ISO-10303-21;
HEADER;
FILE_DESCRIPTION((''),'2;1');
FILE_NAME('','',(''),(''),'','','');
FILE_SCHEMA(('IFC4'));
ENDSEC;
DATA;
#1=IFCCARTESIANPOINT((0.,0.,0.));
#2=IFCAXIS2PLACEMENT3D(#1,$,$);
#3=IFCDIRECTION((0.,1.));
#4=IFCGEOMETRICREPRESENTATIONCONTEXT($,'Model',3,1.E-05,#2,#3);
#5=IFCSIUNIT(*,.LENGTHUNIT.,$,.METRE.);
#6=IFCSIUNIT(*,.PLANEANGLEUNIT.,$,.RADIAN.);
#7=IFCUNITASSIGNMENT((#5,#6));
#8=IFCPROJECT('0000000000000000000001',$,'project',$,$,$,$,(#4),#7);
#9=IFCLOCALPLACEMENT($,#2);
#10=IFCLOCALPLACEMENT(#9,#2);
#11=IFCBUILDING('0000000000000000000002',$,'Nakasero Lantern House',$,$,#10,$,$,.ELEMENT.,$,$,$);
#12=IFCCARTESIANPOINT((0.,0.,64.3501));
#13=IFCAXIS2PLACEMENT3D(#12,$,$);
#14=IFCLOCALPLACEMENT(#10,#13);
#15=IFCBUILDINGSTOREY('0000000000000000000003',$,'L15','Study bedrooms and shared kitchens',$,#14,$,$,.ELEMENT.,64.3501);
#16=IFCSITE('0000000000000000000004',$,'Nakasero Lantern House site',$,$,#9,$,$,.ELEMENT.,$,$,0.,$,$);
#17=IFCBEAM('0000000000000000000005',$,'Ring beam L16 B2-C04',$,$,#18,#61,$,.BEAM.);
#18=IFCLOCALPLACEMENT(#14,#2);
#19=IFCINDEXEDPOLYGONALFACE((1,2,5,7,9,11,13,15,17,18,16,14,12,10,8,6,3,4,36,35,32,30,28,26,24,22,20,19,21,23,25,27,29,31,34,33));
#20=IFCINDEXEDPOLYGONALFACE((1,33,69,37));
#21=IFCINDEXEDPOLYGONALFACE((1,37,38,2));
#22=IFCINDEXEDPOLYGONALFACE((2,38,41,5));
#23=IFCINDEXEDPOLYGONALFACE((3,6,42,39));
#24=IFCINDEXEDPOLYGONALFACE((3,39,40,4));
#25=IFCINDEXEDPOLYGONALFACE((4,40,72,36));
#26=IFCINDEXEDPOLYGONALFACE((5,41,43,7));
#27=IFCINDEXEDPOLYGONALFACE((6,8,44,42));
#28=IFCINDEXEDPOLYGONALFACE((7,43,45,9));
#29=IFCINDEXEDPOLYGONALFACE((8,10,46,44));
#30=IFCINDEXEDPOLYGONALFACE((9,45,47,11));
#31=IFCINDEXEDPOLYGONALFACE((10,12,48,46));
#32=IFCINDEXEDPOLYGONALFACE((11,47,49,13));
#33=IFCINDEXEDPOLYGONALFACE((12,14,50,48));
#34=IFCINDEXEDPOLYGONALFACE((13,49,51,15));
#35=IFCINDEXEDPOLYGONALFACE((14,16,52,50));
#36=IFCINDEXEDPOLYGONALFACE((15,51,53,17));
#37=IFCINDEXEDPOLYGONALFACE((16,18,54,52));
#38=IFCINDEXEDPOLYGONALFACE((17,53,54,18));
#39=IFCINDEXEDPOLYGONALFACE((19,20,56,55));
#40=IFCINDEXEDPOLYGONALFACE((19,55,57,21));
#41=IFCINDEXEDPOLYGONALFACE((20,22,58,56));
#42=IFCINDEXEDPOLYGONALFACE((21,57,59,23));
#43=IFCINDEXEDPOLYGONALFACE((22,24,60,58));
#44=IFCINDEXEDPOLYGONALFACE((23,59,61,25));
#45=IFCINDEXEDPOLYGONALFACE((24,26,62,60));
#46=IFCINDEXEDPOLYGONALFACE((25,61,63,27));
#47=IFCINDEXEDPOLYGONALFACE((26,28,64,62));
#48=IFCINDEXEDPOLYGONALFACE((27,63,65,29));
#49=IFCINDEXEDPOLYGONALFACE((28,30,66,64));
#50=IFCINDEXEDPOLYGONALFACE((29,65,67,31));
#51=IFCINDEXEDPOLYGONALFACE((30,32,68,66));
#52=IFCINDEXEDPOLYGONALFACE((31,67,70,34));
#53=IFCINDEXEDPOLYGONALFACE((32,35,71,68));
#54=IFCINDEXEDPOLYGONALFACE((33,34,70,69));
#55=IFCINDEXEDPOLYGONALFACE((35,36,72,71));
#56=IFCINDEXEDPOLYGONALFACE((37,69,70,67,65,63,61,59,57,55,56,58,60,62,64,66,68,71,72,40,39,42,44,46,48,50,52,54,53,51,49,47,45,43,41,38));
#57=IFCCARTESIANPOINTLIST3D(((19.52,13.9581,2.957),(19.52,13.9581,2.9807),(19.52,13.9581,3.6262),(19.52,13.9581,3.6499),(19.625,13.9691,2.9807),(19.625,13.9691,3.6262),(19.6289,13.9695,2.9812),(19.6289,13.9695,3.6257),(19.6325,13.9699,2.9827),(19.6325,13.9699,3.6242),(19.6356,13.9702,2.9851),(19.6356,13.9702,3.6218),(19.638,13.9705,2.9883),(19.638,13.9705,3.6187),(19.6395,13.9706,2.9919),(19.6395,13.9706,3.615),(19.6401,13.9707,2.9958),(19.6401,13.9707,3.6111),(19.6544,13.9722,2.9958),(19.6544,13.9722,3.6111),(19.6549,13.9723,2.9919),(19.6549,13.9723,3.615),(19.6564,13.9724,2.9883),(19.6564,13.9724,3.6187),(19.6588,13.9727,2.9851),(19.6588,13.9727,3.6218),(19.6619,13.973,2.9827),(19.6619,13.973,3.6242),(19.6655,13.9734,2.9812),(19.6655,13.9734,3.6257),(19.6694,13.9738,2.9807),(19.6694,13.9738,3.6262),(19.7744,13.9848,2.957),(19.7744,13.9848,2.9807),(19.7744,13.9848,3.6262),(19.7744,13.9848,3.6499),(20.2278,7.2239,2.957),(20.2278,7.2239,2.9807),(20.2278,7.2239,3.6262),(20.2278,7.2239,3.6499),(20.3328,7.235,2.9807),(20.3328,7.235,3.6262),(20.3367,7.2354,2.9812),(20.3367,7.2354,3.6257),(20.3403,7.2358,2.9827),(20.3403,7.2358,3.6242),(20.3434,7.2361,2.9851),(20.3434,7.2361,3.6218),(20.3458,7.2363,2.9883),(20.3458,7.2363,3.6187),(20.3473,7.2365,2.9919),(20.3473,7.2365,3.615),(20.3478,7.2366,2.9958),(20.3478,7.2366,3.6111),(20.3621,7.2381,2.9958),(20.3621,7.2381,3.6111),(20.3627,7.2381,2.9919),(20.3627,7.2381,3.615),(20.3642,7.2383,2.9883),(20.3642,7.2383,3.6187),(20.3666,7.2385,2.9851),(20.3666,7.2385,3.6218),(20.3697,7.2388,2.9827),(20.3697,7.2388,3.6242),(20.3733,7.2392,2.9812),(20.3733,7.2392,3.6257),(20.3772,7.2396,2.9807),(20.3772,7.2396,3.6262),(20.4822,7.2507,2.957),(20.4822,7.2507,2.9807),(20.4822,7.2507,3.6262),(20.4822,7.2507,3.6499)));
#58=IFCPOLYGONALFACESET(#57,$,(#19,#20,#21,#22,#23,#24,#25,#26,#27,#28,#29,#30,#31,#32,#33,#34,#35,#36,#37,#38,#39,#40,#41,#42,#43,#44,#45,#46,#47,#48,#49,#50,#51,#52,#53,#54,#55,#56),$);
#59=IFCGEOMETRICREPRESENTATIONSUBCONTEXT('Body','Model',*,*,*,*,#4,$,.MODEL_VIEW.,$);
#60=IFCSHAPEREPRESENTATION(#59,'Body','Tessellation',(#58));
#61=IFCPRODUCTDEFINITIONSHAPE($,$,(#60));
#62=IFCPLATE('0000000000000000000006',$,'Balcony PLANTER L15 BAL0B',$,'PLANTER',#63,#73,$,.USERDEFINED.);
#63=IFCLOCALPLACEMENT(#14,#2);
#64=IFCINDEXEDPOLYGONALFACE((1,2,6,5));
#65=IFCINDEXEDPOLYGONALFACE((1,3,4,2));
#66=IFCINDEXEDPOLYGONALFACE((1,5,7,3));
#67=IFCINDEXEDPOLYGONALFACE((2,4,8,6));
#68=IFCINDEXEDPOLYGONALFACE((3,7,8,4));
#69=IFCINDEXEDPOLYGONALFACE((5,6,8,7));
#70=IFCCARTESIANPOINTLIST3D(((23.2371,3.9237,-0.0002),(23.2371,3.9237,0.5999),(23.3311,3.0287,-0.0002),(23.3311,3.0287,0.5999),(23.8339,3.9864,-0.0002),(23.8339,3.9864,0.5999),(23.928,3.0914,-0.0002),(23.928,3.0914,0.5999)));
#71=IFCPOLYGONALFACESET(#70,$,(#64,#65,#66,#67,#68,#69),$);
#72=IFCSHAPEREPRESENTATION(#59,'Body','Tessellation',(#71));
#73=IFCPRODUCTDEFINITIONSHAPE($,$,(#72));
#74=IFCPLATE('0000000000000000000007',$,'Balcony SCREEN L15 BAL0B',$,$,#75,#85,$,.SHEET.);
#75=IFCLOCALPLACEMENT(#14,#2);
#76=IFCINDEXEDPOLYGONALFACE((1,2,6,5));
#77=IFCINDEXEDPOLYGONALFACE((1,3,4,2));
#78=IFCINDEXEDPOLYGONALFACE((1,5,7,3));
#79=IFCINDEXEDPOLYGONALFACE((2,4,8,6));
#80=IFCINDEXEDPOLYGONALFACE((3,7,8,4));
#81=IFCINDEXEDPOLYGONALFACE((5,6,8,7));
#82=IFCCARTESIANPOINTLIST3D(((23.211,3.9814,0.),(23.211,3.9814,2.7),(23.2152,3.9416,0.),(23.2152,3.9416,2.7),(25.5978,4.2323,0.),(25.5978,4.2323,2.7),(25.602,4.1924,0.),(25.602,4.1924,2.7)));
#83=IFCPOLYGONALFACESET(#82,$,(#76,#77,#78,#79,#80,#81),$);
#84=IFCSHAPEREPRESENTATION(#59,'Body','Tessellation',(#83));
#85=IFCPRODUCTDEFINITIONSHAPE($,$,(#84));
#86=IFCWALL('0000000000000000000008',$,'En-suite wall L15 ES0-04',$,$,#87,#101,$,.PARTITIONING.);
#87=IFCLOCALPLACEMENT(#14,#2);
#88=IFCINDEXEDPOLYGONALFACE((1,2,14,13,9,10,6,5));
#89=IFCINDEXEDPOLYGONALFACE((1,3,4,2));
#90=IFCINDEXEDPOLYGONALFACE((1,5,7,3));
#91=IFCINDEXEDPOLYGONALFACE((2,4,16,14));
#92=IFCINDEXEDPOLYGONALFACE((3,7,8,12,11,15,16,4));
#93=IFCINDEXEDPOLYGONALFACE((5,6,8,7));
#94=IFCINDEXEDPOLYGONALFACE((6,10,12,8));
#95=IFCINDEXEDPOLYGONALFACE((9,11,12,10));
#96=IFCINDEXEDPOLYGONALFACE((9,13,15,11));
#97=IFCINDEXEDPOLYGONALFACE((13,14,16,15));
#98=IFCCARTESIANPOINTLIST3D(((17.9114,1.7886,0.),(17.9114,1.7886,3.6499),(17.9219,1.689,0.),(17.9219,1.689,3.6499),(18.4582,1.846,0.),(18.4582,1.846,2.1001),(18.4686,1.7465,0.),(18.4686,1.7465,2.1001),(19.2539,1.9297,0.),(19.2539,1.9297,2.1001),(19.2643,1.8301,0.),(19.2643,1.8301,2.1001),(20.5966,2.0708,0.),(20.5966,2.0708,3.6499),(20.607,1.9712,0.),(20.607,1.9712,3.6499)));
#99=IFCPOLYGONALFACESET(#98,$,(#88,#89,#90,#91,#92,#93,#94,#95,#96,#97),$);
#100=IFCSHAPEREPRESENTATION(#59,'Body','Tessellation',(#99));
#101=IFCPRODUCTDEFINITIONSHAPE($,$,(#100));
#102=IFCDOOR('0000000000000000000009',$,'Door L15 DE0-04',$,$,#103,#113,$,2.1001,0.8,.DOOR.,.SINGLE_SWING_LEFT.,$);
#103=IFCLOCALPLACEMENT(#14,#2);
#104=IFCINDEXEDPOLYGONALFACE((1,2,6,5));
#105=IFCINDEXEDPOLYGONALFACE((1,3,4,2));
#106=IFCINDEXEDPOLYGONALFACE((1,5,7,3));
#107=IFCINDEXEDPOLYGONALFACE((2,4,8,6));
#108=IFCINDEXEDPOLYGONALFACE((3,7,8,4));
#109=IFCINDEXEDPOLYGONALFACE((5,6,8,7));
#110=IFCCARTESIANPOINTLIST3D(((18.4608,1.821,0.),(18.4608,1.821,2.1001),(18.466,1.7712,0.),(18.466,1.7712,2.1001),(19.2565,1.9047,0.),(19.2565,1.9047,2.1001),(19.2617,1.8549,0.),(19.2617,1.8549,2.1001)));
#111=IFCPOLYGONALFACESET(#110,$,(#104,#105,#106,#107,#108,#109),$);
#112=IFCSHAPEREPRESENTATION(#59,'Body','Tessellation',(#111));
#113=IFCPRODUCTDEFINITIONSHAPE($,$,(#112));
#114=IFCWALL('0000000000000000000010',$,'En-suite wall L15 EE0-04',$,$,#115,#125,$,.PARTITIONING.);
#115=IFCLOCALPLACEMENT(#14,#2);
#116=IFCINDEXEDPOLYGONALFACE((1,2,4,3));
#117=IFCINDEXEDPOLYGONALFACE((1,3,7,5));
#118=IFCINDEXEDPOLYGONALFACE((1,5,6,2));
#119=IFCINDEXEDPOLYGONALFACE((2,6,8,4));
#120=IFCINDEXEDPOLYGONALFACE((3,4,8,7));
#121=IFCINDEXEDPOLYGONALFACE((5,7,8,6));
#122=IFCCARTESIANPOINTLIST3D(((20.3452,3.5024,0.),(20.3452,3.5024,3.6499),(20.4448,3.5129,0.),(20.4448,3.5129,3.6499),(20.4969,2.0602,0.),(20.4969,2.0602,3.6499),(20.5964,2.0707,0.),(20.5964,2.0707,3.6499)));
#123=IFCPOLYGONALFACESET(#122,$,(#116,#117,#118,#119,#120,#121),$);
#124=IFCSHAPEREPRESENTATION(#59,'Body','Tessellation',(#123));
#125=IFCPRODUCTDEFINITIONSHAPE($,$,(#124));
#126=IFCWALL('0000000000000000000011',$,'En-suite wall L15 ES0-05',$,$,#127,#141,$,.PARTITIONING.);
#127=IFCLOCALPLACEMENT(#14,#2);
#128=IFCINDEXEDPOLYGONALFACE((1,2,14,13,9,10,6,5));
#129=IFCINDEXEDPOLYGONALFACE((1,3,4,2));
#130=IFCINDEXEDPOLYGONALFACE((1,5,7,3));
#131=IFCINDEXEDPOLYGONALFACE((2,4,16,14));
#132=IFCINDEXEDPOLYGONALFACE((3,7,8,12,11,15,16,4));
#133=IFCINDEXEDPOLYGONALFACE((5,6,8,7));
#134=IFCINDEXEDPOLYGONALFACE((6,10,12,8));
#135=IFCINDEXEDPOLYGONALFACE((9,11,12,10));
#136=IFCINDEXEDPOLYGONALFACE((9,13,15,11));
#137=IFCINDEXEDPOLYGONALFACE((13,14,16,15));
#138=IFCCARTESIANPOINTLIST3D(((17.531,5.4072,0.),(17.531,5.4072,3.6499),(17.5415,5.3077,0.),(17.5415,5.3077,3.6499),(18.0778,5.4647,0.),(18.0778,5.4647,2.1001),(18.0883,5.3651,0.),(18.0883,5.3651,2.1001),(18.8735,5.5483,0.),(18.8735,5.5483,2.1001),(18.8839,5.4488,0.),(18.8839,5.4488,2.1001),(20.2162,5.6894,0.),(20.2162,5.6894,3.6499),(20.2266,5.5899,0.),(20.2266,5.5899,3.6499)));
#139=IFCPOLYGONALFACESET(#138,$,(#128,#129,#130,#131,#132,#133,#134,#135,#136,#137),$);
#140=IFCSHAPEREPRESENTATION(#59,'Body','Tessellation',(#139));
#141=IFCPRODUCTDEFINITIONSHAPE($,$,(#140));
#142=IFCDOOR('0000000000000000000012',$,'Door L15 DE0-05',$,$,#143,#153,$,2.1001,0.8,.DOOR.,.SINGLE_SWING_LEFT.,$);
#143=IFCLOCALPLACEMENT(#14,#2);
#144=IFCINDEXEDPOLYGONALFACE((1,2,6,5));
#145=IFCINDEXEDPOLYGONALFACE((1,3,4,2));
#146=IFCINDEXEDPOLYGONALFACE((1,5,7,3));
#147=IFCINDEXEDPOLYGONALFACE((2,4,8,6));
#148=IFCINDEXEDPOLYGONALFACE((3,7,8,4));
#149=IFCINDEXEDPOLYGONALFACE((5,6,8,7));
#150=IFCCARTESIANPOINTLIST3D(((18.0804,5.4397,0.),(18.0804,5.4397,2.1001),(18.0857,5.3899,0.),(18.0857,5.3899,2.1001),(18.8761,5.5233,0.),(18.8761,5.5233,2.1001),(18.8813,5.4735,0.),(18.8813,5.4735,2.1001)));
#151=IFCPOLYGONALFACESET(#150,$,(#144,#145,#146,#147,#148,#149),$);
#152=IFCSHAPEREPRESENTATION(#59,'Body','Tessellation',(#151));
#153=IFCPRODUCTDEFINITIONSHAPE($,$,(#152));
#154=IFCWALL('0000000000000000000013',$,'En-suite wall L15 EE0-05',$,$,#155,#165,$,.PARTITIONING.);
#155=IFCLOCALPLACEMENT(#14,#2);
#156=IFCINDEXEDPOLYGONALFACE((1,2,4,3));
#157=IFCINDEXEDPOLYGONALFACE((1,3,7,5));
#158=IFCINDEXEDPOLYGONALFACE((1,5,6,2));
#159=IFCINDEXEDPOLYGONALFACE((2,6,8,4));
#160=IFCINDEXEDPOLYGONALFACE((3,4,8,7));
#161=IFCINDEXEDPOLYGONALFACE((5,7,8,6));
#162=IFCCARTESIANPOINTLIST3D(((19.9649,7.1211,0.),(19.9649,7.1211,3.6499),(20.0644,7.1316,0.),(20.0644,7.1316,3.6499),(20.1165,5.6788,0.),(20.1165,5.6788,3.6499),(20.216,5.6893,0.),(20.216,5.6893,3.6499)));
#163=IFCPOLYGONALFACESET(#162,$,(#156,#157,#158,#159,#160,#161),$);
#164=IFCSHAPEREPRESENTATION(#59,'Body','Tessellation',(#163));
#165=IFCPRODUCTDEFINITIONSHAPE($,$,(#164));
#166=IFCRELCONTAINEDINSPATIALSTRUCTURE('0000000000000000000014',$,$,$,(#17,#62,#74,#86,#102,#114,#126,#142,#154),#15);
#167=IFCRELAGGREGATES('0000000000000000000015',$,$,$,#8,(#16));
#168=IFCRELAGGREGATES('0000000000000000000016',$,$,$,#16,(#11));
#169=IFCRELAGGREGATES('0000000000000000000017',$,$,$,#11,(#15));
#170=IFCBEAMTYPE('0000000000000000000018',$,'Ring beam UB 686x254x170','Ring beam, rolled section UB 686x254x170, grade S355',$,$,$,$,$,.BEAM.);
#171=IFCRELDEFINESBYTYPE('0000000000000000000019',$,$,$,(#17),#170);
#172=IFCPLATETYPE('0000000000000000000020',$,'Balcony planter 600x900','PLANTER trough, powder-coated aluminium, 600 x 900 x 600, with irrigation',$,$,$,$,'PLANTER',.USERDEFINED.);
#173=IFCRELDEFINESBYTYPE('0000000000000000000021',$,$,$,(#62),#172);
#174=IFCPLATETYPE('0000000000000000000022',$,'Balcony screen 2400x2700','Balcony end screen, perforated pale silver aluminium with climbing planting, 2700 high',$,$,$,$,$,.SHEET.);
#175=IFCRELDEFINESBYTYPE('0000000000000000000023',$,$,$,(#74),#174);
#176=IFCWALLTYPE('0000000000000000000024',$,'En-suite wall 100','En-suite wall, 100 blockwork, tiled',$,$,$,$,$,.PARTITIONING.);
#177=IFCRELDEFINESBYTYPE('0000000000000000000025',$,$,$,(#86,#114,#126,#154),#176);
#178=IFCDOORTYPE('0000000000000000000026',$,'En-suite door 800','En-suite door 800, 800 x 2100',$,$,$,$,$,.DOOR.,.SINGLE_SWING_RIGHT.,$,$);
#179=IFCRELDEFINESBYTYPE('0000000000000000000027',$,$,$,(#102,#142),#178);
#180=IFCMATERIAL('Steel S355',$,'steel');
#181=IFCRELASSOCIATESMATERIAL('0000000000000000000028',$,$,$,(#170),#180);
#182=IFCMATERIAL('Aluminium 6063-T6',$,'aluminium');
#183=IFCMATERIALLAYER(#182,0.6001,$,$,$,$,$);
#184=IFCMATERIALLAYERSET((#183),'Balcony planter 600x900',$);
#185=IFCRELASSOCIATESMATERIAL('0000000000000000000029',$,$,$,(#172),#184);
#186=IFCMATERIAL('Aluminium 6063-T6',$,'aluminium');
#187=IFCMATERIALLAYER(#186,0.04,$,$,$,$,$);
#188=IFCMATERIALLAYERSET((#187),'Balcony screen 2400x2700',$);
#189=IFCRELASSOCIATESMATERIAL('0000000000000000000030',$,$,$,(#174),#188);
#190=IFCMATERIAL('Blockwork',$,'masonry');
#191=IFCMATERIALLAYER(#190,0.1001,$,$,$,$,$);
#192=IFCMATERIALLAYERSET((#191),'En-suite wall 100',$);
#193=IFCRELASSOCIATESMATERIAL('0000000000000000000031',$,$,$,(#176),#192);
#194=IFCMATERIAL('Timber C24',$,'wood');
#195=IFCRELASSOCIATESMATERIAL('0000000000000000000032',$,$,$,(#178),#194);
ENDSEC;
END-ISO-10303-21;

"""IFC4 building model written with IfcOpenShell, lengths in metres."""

from ifc_helpers import new_model, si_unit, direction, frame, frame_2d, origin, origin_2d, place, context, subcontext, project, spatial, rectangle, i_section, extrude, material, layer, layer_set, material_profile, profile_set, type_object, element, fill, save


model = new_model("IFC4")

# Units and contexts
model_context = context("Model", 3, precision=1e-05, world=origin(), true_north=direction((0.0, 1.0)))
body_context = subcontext(model_context, "Body", "Model", "MODEL_VIEW")
ifc_project = project(units=[si_unit("LENGTHUNIT", "METRE"), si_unit("PLANEANGLEUNIT", "RADIAN")], contexts=[model_context])

# Site, building, storey
site_placement = place(None, origin())
site = spatial("IfcSite", under=ifc_project, at=site_placement, Name="Nakasero Lantern House site", CompositionType="ELEMENT", RefElevation=0.0)
building_placement = place(site_placement, origin())
building = spatial("IfcBuilding", under=site, at=building_placement, Name="Nakasero Lantern House", CompositionType="ELEMENT")
storey_placement = place(building_placement, frame((0.0, 0.0, 64.3501)))
storey = spatial("IfcBuildingStorey", under=building, at=storey_placement, Name="L15", Description="Study bedrooms and shared kitchens", CompositionType="ELEMENT", Elevation=64.3501)

# Beam
ifc_material_1 = material(Name="Steel S355", Category="steel")
ifc_material_profile_1 = material_profile(ifc_material_1, i_section(OverallWidth=0.2559, OverallDepth=0.6929, WebThickness=0.0144, FlangeThickness=0.0237, FilletRadius=0.0151, at=origin_2d()), Name="UB 686x254x170")
ifc_profile_set_1 = profile_set([ifc_material_profile_1], Name="Steel S355")
beam_type_1 = type_object("IfcBeamType", Name="Ring beam UB 686x254x170", Description="Ring beam, rolled section UB 686x254x170, grade S355", PredefinedType="BEAM", material=ifc_profile_set_1)
beam_1_placement = place(storey_placement, frame((20.355, 7.2373, 3.3035), z_axis=(-0.104525, 0.994522, 0.0), x_axis=(-0.994522, -0.104525, 0.0)))
element("IfcBeam", 1, at=beam_1_placement, inside=storey, type_object=beam_type_1, Name="Ring beam L16 B2-C04", PredefinedType="BEAM", context=body_context, shape_type="SweptSolid", body=[
    extrude(i_section(OverallWidth=0.2559, OverallDepth=0.6929, WebThickness=0.0144, FlangeThickness=0.0237, FilletRadius=0.0151, at=origin_2d()), origin(), (0.0, 0.0, 1.0), 6.7712),
])

# Plates
ifc_material_2 = material(Name="Aluminium 6063-T6", Category="aluminium")
ifc_layer_1 = layer(ifc_material_2, 0.6001)
ifc_layer_set_1 = layer_set([ifc_layer_1], Name="Balcony planter 600x900")
plate_type_1 = type_object("IfcPlateType", Name="Balcony planter 600x900", Description="PLANTER trough, powder-coated aluminium, 600 x 900 x 600, with irrigation", ElementType="PLANTER", PredefinedType="USERDEFINED", material=ifc_layer_set_1)
plate_1_placement = place(storey_placement, frame((23.5825, 3.5076, -0.0002), z_axis=(0.0, 0.0, 1.0), x_axis=(0.994522, 0.104528, 0.0)))
element("IfcPlate", 2, at=plate_1_placement, inside=storey, type_object=plate_type_1, Name="Balcony PLANTER L15 BAL0B", ObjectType="PLANTER", PredefinedType="USERDEFINED", context=body_context, shape_type="SweptSolid", body=[
    extrude(rectangle(XDim=0.6001, YDim=0.8999, at=origin_2d()), origin(), (0.0, 0.0, 1.0), 0.6001),
])
ifc_material_3 = material(Name="Aluminium 6063-T6", Category="aluminium")
ifc_layer_2 = layer(ifc_material_3, 0.04)
ifc_layer_set_2 = layer_set([ifc_layer_2], Name="Balcony screen 2400x2700")
plate_type_2 = type_object("IfcPlateType", Name="Balcony screen 2400x2700", Description="Balcony end screen, perforated pale silver aluminium with climbing planting, 2700 high", PredefinedType="SHEET", material=ifc_layer_set_2)
plate_2_placement = place(storey_placement, frame((24.4065, 4.0869, 0.0), z_axis=(0.0, 0.0, 1.0), x_axis=(0.994522, 0.104528, 0.0)))
element("IfcPlate", 3, at=plate_2_placement, inside=storey, type_object=plate_type_2, Name="Balcony SCREEN L15 BAL0B", PredefinedType="SHEET", context=body_context, shape_type="SweptSolid", body=[
    extrude(rectangle(XDim=2.3999, YDim=0.04, at=origin_2d()), origin(), (0.0, 0.0, 1.0), 2.7),
])

# Wall, opening, door
ifc_material_4 = material(Name="Blockwork", Category="masonry")
ifc_layer_3 = layer(ifc_material_4, 0.1001)
ifc_layer_set_3 = layer_set([ifc_layer_3], Name="En-suite wall 100")
wall_type_1 = type_object("IfcWallType", Name="En-suite wall 100", Description="En-suite wall, 100 blockwork, tiled", PredefinedType="PARTITIONING", material=ifc_layer_set_3)
wall_1_placement = place(storey_placement, frame((17.9165, 1.7388, 0.0), z_axis=(0.0, 0.0, 1.0), x_axis=(0.994521, 0.104534, 0.0)))
wall_1 = element("IfcWall", 4, at=wall_1_placement, inside=storey, type_object=wall_type_1, Name="En-suite wall L15 ES0-04", PredefinedType="PARTITIONING", context=body_context, shape_type="SweptSolid", body=[
    extrude(rectangle(XDim=2.7, YDim=0.1001, at=frame_2d((1.3501, 0.0))), origin(), (0.0, 0.0, 1.0), 3.6499),
])
opening_1_placement = place(wall_1_placement, frame((0.55, 0.0, 0.0)))
opening_1 = element("IfcOpeningElement", 5, at=opening_1_placement, cuts=wall_1, PredefinedType="OPENING", context=body_context, shape_type="SweptSolid", body=[
    extrude(rectangle(XDim=0.8, YDim=2.1001, at=frame_2d((0.3999, 1.05))), frame((0.0, 0.0701, 0.0), z_axis=(0.0, -1.0, 0.0), x_axis=(1.0, 0.0, 0.0)), (0.0, 0.0, 1.0), 0.1401),
])
ifc_material_5 = material(Name="Timber C24", Category="wood")
door_type = type_object("IfcDoorType", Name="En-suite door 800", Description="En-suite door 800, 800 x 2100", OperationType="SINGLE_SWING_RIGHT", PredefinedType="DOOR", material=ifc_material_5)
door_1_placement = place(opening_1_placement, origin())
door_1 = element("IfcDoor", 6, at=door_1_placement, inside=storey, type_object=door_type, Name="Door L15 DE0-04", OperationType="SINGLE_SWING_LEFT", OverallHeight=2.1001, OverallWidth=0.8, PredefinedType="DOOR", context=body_context, shape_type="SweptSolid", body=[
    extrude(rectangle(XDim=0.8, YDim=2.1001, at=frame_2d((0.3999, 1.05))), frame((0.0, 0.0249, 0.0), z_axis=(0.0, -1.0, 0.0), x_axis=(1.0, 0.0, 0.0)), (0.0, 0.0, 1.0), 0.05),
])
fill(opening_1, door_1)

# Wall
wall_2_placement = place(storey_placement, frame((20.5466, 2.0654, 0.0), z_axis=(0.0, 0.0, 1.0), x_axis=(-0.104553, 0.994519, 0.0)))
element("IfcWall", 7, at=wall_2_placement, inside=storey, type_object=wall_type_1, Name="En-suite wall L15 EE0-04", PredefinedType="PARTITIONING", context=body_context, shape_type="SweptSolid", body=[
    extrude(rectangle(XDim=1.4502, YDim=0.1001, at=frame_2d((0.7251, 0.0))), origin(), (0.0, 0.0, 1.0), 3.6499),
])

# Wall, opening, door
wall_3_placement = place(storey_placement, frame((17.5361, 5.3574, 0.0), z_axis=(0.0, 0.0, 1.0), x_axis=(0.994521, 0.104534, 0.0)))
wall_3 = element("IfcWall", 8, at=wall_3_placement, inside=storey, type_object=wall_type_1, Name="En-suite wall L15 ES0-05", PredefinedType="PARTITIONING", context=body_context, shape_type="SweptSolid", body=[
    extrude(rectangle(XDim=2.7, YDim=0.1001, at=frame_2d((1.3501, 0.0))), origin(), (0.0, 0.0, 1.0), 3.6499),
])
opening_2_placement = place(wall_3_placement, frame((0.55, 0.0, 0.0)))
opening_2 = element("IfcOpeningElement", 9, at=opening_2_placement, cuts=wall_3, PredefinedType="OPENING", context=body_context, shape_type="SweptSolid", body=[
    extrude(rectangle(XDim=0.8, YDim=2.1001, at=frame_2d((0.3999, 1.05))), frame((0.0, 0.0701, 0.0), z_axis=(0.0, -1.0, 0.0), x_axis=(1.0, 0.0, 0.0)), (0.0, 0.0, 1.0), 0.1401),
])
door_2_placement = place(opening_2_placement, origin())
door_2 = element("IfcDoor", 10, at=door_2_placement, inside=storey, type_object=door_type, Name="Door L15 DE0-05", OperationType="SINGLE_SWING_LEFT", OverallHeight=2.1001, OverallWidth=0.8, PredefinedType="DOOR", context=body_context, shape_type="SweptSolid", body=[
    extrude(rectangle(XDim=0.8, YDim=2.1001, at=frame_2d((0.3999, 1.05))), frame((0.0, 0.0249, 0.0), z_axis=(0.0, -1.0, 0.0), x_axis=(1.0, 0.0, 0.0)), (0.0, 0.0, 1.0), 0.05),
])
fill(opening_2, door_2)

# Wall
wall_4_placement = place(storey_placement, frame((20.1663, 5.6841, 0.0), z_axis=(0.0, 0.0, 1.0), x_axis=(-0.104553, 0.994519, 0.0)))
element("IfcWall", 11, at=wall_4_placement, inside=storey, type_object=wall_type_1, Name="En-suite wall L15 EE0-05", PredefinedType="PARTITIONING", context=body_context, shape_type="SweptSolid", body=[
    extrude(rectangle(XDim=1.4502, YDim=0.1001, at=frame_2d((0.7251, 0.0))), origin(), (0.0, 0.0, 1.0), 3.6499),
])

save(model, "model.ifc")
